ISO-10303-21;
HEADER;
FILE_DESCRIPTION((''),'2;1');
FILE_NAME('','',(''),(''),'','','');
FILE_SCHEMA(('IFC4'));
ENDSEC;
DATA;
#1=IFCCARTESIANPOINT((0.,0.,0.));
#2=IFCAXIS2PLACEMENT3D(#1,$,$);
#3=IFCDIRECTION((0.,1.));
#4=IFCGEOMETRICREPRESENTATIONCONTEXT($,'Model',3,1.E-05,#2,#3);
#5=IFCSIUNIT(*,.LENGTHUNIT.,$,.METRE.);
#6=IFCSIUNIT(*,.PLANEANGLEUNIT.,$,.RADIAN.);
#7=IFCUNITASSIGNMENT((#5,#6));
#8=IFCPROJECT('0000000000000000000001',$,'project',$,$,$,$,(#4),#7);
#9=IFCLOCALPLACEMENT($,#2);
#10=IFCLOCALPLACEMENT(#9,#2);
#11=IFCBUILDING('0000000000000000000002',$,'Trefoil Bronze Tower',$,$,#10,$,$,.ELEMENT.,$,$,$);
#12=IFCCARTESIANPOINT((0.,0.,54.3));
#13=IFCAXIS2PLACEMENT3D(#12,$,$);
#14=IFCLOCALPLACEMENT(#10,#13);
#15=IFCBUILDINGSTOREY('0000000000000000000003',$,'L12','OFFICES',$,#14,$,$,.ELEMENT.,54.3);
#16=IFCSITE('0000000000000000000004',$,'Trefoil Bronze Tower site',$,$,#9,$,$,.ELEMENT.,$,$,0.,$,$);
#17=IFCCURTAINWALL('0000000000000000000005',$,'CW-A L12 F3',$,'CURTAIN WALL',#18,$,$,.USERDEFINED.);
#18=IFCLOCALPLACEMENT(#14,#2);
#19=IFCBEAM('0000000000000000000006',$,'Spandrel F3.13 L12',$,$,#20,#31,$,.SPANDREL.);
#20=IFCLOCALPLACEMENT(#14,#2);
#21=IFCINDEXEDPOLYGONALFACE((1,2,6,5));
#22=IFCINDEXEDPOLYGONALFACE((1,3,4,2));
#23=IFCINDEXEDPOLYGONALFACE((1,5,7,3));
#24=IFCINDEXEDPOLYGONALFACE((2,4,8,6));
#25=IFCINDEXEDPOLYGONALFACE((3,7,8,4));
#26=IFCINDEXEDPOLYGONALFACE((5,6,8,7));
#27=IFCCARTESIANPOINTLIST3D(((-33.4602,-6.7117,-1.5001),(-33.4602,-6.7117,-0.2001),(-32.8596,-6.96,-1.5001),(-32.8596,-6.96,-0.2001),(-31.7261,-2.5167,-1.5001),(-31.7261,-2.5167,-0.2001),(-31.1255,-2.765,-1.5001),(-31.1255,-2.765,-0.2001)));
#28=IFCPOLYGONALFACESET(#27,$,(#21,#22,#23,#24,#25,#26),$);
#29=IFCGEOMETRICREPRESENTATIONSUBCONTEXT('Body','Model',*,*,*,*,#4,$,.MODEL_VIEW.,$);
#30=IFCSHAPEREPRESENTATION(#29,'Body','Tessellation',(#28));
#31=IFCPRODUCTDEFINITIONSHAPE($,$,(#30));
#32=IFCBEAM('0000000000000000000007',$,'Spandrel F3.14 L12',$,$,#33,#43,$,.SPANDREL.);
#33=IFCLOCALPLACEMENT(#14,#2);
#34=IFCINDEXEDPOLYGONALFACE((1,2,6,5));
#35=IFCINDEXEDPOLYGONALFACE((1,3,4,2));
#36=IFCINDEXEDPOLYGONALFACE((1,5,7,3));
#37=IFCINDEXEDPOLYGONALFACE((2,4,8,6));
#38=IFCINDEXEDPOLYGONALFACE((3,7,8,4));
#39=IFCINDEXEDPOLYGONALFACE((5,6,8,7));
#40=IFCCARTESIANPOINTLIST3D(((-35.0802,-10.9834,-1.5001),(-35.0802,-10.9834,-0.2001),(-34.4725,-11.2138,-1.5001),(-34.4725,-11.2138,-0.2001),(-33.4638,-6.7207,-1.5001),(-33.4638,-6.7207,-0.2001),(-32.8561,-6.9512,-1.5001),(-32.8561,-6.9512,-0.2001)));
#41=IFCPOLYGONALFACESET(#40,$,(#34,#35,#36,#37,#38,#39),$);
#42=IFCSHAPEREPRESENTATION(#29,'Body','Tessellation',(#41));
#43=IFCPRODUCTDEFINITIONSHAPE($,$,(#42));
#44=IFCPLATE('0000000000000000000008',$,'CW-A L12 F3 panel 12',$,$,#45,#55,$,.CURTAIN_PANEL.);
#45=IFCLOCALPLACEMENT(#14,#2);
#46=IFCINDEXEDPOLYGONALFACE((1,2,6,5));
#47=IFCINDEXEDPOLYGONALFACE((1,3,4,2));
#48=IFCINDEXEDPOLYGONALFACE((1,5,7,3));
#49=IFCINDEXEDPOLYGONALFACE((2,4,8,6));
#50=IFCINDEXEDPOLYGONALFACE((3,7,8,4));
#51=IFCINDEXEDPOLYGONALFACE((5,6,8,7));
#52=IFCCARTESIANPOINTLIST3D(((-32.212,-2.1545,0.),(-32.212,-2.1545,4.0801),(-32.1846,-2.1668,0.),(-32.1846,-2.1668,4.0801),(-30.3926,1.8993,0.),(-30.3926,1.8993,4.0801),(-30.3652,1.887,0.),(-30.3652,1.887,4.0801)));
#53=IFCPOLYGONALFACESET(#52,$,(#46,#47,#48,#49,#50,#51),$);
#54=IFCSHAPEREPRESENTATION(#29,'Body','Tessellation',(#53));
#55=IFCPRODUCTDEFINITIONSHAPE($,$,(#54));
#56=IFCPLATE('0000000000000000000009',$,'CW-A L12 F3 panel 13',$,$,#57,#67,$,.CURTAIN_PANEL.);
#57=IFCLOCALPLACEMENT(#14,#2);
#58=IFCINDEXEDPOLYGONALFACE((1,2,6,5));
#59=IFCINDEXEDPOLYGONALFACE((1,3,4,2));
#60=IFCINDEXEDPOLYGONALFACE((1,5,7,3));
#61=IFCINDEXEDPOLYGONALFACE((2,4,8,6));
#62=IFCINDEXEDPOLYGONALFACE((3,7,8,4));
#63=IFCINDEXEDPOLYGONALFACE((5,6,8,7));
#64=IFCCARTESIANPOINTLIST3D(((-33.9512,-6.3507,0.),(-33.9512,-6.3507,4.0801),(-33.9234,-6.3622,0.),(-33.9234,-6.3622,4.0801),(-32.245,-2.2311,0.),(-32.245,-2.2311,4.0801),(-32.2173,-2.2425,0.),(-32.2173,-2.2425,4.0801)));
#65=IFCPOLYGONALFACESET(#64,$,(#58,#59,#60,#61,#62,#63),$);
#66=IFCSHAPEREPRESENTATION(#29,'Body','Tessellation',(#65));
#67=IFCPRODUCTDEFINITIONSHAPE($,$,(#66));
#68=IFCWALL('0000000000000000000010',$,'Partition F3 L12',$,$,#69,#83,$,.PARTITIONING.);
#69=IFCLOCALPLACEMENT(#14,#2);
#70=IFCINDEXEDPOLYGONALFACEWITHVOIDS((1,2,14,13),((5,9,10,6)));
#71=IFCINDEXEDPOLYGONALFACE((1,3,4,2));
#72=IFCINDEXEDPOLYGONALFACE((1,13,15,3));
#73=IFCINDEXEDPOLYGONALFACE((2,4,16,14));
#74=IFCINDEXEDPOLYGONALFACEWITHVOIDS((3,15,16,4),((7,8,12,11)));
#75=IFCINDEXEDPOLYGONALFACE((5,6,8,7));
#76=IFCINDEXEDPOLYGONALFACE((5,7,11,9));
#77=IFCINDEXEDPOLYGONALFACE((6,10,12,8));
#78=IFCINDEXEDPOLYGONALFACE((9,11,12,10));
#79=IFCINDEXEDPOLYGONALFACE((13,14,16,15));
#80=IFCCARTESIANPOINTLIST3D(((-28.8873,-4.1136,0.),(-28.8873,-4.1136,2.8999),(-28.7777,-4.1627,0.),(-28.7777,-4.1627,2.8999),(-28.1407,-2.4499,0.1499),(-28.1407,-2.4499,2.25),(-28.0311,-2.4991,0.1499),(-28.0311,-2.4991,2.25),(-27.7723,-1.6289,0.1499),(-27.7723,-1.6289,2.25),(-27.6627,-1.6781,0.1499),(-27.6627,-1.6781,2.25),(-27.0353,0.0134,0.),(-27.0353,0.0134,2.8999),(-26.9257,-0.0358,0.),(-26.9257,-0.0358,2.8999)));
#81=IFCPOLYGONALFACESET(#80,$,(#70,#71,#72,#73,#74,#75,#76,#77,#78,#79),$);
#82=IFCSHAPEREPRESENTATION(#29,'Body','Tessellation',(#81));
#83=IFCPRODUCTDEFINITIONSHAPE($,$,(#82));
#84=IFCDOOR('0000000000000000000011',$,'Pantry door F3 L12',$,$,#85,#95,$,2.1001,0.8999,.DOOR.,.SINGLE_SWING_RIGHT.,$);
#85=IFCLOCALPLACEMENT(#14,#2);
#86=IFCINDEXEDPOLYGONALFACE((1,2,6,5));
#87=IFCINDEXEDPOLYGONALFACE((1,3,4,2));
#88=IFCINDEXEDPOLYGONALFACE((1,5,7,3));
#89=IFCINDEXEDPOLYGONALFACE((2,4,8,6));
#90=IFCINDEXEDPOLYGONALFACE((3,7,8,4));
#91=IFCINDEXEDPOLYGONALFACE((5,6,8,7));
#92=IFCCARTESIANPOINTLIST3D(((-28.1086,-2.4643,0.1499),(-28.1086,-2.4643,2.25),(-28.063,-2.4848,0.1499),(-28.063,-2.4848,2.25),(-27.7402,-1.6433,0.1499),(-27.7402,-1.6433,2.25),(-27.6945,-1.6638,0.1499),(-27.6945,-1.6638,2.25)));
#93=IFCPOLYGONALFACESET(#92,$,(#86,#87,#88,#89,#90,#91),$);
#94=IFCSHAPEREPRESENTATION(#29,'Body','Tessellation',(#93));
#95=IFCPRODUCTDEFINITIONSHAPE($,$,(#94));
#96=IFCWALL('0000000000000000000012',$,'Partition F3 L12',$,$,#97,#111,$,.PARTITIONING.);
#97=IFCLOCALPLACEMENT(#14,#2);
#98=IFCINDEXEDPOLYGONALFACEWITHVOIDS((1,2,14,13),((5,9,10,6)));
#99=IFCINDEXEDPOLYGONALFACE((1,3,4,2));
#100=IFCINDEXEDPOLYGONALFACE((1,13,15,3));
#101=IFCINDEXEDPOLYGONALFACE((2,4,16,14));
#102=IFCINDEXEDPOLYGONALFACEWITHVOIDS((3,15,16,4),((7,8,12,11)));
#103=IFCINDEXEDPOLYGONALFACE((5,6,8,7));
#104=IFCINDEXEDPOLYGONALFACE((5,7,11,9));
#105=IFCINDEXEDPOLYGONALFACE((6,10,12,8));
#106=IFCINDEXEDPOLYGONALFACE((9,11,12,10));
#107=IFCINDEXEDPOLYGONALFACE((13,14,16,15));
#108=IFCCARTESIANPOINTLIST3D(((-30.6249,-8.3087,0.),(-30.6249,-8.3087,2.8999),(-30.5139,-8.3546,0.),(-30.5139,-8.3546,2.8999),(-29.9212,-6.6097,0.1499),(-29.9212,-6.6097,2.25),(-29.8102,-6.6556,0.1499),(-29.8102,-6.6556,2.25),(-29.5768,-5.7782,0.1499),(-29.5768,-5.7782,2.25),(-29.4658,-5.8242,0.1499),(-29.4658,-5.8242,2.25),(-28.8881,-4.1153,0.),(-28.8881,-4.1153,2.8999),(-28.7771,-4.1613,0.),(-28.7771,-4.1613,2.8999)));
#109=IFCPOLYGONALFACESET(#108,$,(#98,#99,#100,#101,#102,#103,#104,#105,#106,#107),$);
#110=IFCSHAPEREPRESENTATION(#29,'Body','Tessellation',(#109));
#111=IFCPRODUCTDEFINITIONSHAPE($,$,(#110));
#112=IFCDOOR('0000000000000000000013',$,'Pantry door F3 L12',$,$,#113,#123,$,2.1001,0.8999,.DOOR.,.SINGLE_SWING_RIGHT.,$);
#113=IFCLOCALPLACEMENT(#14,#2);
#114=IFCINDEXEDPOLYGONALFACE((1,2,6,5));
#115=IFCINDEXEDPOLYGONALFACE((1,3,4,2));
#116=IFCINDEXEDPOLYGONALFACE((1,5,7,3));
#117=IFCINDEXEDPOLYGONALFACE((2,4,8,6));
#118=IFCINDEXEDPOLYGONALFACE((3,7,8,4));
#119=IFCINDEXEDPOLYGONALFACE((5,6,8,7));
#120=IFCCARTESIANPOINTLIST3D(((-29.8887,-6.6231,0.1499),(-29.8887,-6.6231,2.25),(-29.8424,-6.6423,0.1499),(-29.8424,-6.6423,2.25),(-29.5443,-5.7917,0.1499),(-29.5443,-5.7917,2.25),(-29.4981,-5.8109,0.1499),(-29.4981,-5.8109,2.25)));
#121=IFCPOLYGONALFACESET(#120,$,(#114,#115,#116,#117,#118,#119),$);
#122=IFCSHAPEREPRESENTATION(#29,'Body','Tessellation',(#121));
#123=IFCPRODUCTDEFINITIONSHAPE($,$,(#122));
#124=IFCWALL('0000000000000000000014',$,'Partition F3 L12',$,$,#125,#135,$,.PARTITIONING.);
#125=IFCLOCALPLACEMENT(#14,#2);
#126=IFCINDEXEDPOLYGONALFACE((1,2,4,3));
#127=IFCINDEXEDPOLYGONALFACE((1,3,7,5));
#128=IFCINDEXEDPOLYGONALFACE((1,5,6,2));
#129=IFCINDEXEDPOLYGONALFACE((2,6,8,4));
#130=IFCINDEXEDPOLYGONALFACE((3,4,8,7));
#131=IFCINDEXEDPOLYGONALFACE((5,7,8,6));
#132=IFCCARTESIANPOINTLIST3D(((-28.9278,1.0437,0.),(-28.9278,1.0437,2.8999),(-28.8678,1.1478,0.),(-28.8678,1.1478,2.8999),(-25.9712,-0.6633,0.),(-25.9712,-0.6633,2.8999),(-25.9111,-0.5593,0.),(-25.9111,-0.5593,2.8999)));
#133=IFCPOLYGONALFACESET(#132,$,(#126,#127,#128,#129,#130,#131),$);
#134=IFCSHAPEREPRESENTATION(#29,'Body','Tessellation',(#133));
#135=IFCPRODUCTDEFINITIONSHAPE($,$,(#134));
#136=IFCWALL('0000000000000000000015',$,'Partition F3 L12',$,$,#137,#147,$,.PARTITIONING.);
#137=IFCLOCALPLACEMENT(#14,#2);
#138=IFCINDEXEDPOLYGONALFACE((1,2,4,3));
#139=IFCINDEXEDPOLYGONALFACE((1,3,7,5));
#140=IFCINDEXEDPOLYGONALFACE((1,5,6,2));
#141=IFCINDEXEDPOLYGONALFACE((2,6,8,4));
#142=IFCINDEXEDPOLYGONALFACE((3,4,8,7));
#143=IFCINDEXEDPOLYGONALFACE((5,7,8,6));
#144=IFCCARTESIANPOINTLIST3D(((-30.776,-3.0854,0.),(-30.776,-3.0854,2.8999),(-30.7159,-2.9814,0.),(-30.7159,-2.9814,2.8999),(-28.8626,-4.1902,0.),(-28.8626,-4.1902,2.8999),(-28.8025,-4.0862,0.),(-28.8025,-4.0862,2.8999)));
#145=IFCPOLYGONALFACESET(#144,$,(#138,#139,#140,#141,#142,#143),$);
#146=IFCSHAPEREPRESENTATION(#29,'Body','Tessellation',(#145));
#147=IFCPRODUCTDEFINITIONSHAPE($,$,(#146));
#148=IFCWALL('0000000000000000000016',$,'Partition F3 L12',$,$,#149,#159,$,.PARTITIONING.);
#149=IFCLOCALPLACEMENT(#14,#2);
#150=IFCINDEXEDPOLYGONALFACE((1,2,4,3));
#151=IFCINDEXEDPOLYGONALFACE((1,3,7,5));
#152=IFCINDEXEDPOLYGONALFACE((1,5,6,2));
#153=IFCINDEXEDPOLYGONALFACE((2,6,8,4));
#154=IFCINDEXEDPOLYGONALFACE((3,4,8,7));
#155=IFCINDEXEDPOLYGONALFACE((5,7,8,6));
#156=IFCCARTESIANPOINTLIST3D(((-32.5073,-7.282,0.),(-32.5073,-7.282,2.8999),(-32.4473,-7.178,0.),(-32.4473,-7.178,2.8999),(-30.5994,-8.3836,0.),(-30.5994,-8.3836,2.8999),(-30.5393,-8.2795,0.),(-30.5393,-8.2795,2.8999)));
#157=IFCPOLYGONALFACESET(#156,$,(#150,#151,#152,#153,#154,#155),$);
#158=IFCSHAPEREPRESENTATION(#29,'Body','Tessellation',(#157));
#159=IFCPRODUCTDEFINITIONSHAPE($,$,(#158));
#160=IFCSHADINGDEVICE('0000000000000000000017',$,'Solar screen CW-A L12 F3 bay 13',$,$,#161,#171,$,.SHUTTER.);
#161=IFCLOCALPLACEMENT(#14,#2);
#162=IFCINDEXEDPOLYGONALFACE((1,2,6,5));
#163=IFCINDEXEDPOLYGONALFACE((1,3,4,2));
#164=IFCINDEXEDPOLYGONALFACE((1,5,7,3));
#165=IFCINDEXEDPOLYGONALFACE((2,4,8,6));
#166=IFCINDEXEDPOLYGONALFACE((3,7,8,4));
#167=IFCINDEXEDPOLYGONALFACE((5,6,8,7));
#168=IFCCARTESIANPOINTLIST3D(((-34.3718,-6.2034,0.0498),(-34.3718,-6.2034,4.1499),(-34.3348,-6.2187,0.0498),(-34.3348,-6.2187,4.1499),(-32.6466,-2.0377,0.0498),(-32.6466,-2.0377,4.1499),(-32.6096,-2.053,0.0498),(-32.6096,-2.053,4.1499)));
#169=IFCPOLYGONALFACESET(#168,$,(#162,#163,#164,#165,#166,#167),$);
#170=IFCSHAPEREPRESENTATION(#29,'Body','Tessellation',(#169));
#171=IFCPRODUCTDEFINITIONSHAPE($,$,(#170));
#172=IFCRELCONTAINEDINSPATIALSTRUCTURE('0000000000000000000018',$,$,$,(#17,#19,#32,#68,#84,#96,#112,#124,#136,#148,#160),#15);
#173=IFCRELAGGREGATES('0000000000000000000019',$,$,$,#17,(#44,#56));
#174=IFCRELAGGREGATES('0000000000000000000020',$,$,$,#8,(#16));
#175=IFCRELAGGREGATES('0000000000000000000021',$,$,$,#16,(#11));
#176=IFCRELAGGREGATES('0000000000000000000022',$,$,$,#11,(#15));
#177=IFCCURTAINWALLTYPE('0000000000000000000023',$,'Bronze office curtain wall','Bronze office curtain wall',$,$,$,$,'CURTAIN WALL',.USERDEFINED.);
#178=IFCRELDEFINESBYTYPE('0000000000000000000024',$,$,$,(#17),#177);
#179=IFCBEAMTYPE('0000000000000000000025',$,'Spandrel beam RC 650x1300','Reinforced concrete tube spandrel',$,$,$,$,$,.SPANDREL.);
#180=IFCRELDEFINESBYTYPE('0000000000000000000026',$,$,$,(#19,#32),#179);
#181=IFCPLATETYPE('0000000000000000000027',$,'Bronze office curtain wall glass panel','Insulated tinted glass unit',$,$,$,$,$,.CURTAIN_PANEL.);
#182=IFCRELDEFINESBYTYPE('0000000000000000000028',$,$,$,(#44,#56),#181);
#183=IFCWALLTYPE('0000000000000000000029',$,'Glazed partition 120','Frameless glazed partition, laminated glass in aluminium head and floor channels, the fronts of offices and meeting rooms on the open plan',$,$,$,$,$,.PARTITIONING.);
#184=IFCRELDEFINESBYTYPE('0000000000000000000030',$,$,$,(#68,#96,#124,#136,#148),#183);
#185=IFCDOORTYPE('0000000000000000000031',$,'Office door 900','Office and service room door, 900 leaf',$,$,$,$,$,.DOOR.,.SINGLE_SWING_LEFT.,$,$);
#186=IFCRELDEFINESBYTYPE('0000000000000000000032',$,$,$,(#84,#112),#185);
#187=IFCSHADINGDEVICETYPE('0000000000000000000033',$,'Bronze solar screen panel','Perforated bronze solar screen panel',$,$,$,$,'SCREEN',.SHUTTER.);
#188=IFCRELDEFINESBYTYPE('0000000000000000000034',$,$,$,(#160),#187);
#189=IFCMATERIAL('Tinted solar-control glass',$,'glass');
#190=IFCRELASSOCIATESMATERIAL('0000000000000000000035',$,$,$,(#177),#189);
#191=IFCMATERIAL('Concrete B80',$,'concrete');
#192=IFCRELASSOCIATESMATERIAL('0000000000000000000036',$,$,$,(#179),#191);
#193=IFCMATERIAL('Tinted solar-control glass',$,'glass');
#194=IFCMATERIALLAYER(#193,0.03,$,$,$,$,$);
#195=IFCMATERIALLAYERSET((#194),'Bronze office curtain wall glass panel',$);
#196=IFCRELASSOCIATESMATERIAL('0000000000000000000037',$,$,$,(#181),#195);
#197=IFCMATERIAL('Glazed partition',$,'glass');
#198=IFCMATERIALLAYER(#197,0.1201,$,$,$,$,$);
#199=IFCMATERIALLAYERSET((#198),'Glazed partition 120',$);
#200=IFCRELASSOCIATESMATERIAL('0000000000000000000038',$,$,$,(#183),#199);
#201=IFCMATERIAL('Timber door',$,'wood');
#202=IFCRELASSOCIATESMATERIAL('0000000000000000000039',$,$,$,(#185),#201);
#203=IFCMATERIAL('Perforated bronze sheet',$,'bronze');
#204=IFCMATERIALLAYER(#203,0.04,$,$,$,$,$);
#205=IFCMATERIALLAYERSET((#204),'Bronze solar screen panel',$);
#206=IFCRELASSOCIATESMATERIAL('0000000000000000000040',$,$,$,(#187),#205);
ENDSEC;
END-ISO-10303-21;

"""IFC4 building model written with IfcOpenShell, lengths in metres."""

from ifc_helpers import new_model, si_unit, direction, frame, frame_2d, origin, origin_2d, place, context, subcontext, project, spatial, rectangle, extrude, material, layer, layer_set, material_profile, profile_set, type_object, element, fill, aggregate, save


model = new_model("IFC4")

# Units and contexts
model_context = context("Model", 3, precision=1e-05, world=origin(), true_north=direction((0.0, 1.0)))
body_context = subcontext(model_context, "Body", "Model", "MODEL_VIEW")
ifc_project = project(units=[si_unit("LENGTHUNIT", "METRE"), si_unit("PLANEANGLEUNIT", "RADIAN")], contexts=[model_context])

# Site, building, storey
site_placement = place(None, origin())
site = spatial("IfcSite", under=ifc_project, at=site_placement, Name="Trefoil Bronze Tower site", CompositionType="ELEMENT", RefElevation=0.0)
building_placement = place(site_placement, origin())
building = spatial("IfcBuilding", under=site, at=building_placement, Name="Trefoil Bronze Tower", CompositionType="ELEMENT")
storey_placement = place(building_placement, frame((0.0, 0.0, 54.3)))
storey = spatial("IfcBuildingStorey", under=building, at=storey_placement, Name="L12", Description="OFFICES", CompositionType="ELEMENT", Elevation=54.3)

# Curtain wall
ifc_material_1 = material(Name="Tinted solar-control glass", Category="glass")
curtain_wall_type = type_object("IfcCurtainWallType", Name="Bronze office curtain wall", Description="Bronze office curtain wall", ElementType="CURTAIN WALL", PredefinedType="USERDEFINED", material=ifc_material_1)
curtain_wall_placement = place(storey_placement, origin())
curtain_wall = element("IfcCurtainWall", 1, at=curtain_wall_placement, inside=storey, type_object=curtain_wall_type, Name="CW-A L12 F3", ObjectType="CURTAIN WALL", PredefinedType="USERDEFINED")

# Beams
ifc_material_2 = material(Name="Concrete B80", Category="concrete")
ifc_material_profile_1 = material_profile(ifc_material_2, rectangle(XDim=0.6499, YDim=1.3, at=origin_2d()), Name="RC 650x1300")
ifc_profile_set_1 = profile_set([ifc_material_profile_1], Name="Concrete B80")
beam_type_1 = type_object("IfcBeamType", Name="Spandrel beam RC 650x1300", Description="Reinforced concrete tube spandrel", PredefinedType="SPANDREL", material=ifc_profile_set_1)
beam_1_placement = place(storey_placement, frame((-31.4258, -2.6409, -0.8501), z_axis=(-0.382021, -0.924154, 0.0), x_axis=(0.924154, -0.382021, 0.0)))
element("IfcBeam", 2, at=beam_1_placement, inside=storey, type_object=beam_type_1, Name="Spandrel F3.13 L12", PredefinedType="SPANDREL", context=body_context, shape_type="SweptSolid", body=[
    extrude(rectangle(XDim=0.6499, YDim=1.3, at=origin_2d()), origin(), (0.0, 0.0, 1.0), 4.5393),
])
beam_2_placement = place(storey_placement, frame((-33.1599, -6.8359, -0.8501), z_axis=(-0.354572, -0.935029, 0.0), x_axis=(0.935029, -0.354572, 0.0)))
element("IfcBeam", 3, at=beam_2_placement, inside=storey, type_object=beam_type_1, Name="Spandrel F3.14 L12", PredefinedType="SPANDREL", context=body_context, shape_type="SweptSolid", body=[
    extrude(rectangle(XDim=0.6499, YDim=1.3, at=origin_2d()), origin(), (0.0, 0.0, 1.0), 4.5588),
])

# Plates
ifc_material_3 = material(Name="Tinted solar-control glass", Category="glass")
ifc_layer_1 = layer(ifc_material_3, 0.03)
ifc_layer_set_1 = layer_set([ifc_layer_1], Name="Bronze office curtain wall glass panel")
plate_type = type_object("IfcPlateType", Name="Bronze office curtain wall glass panel", Description="Insulated tinted glass unit", PredefinedType="CURTAIN_PANEL", material=ifc_layer_set_1)
plate_1_placement = place(storey_placement, frame((-31.2886, -0.1338, 0.0), z_axis=(0.0, 0.0, 1.0), x_axis=(-0.409456, -0.91233, 0.0)))
plate_1 = element("IfcPlate", 4, at=plate_1_placement, type_object=plate_type, Name="CW-A L12 F3 panel 12", PredefinedType="CURTAIN_PANEL", context=body_context, shape_type="SweptSolid", body=[
    extrude(rectangle(XDim=4.4434, YDim=0.03, at=origin_2d()), origin(), (0.0, 0.0, 1.0), 4.0801),
])
plate_2_placement = place(storey_placement, frame((-33.0842, -4.2966, 0.0), z_axis=(0.0, 0.0, 1.0), x_axis=(-0.38263, -0.923902, 0.0)))
plate_2 = element("IfcPlate", 5, at=plate_2_placement, type_object=plate_type, Name="CW-A L12 F3 panel 13", PredefinedType="CURTAIN_PANEL", context=body_context, shape_type="SweptSolid", body=[
    extrude(rectangle(XDim=4.459, YDim=0.03, at=origin_2d()), origin(), (0.0, 0.0, 1.0), 4.0801),
])
aggregate(curtain_wall, [plate_1, plate_2])

# Walls, openings, doors
ifc_material_4 = material(Name="Glazed partition", Category="glass")
ifc_layer_2 = layer(ifc_material_4, 0.1201)
ifc_layer_set_2 = layer_set([ifc_layer_2], Name="Glazed partition 120")
wall_type = type_object("IfcWallType", Name="Glazed partition 120", Description="Frameless glazed partition, laminated glass in aluminium head and floor channels, the fronts of offices and meeting rooms on the open plan", PredefinedType="PARTITIONING", material=ifc_layer_set_2)
wall_1_placement = place(storey_placement, frame((-26.9805, -0.0112, 0.0), z_axis=(0.0, 0.0, 1.0), x_axis=(-0.409431, -0.912341, 0.0)))
wall_1 = element("IfcWall", 6, at=wall_1_placement, inside=storey, type_object=wall_type, Name="Partition F3 L12", PredefinedType="PARTITIONING", context=body_context, shape_type="SweptSolid", body=[
    extrude(rectangle(XDim=4.5234, YDim=0.1201, at=frame_2d((2.2617, 0.0))), origin(), (0.0, 0.0, 1.0), 2.8999),
])
opening_1_placement = place(wall_1_placement, frame((1.8, 0.0, 0.1499)))
opening_1 = element("IfcOpeningElement", 7, at=opening_1_placement, cuts=wall_1, PredefinedType="OPENING", context=body_context, shape_type="SweptSolid", body=[
    extrude(rectangle(XDim=0.8999, YDim=2.1001, at=frame_2d((0.45, 1.05))), frame((0.0, 0.0701, 0.0), z_axis=(0.0, -1.0, 0.0), x_axis=(1.0, 0.0, 0.0)), (0.0, 0.0, 1.0), 0.1401),
])
ifc_material_5 = material(Name="Timber door", Category="wood")
door_type = type_object("IfcDoorType", Name="Office door 900", Description="Office and service room door, 900 leaf", OperationType="SINGLE_SWING_LEFT", PredefinedType="DOOR", material=ifc_material_5)
door_1_placement = place(opening_1_placement, frame((0.8999, 0.0, 0.0), z_axis=(0.0, 0.0, 1.0), x_axis=(-1.0, 0.0, 0.0)))
door_1 = element("IfcDoor", 8, at=door_1_placement, inside=storey, type_object=door_type, Name="Pantry door F3 L12", OperationType="SINGLE_SWING_RIGHT", OverallHeight=2.1001, OverallWidth=0.8999, PredefinedType="DOOR", context=body_context, shape_type="SweptSolid", body=[
    extrude(rectangle(XDim=0.8999, YDim=2.1001, at=frame_2d((0.45, 1.05))), frame((0.0, 0.0249, 0.0), z_axis=(0.0, -1.0, 0.0), x_axis=(1.0, 0.0, 0.0)), (0.0, 0.0, 1.0), 0.05),
])
fill(opening_1, door_1)
wall_2_placement = place(storey_placement, frame((-28.8325, -4.1382, 0.0), z_axis=(0.0, 0.0, 1.0), x_axis=(-0.382659, -0.92389, 0.0)))
wall_2 = element("IfcWall", 9, at=wall_2_placement, inside=storey, type_object=wall_type, Name="Partition F3 L12", PredefinedType="PARTITIONING", context=body_context, shape_type="SweptSolid", body=[
    extrude(rectangle(XDim=4.5388, YDim=0.1201, at=frame_2d((2.2695, 0.0))), origin(), (0.0, 0.0, 1.0), 2.8999),
])
opening_2_placement = place(wall_2_placement, frame((1.8, 0.0, 0.1499)))
opening_2 = element("IfcOpeningElement", 10, at=opening_2_placement, cuts=wall_2, PredefinedType="OPENING", context=body_context, shape_type="SweptSolid", body=[
    extrude(rectangle(XDim=0.8999, YDim=2.1001, at=frame_2d((0.45, 1.05))), frame((0.0, 0.0701, 0.0), z_axis=(0.0, -1.0, 0.0), x_axis=(1.0, 0.0, 0.0)), (0.0, 0.0, 1.0), 0.1401),
])
door_2_placement = place(opening_2_placement, frame((0.8999, 0.0, 0.0), z_axis=(0.0, 0.0, 1.0), x_axis=(-1.0, 0.0, 0.0)))
door_2 = element("IfcDoor", 11, at=door_2_placement, inside=storey, type_object=door_type, Name="Pantry door F3 L12", OperationType="SINGLE_SWING_RIGHT", OverallHeight=2.1001, OverallWidth=0.8999, PredefinedType="DOOR", context=body_context, shape_type="SweptSolid", body=[
    extrude(rectangle(XDim=0.8999, YDim=2.1001, at=frame_2d((0.45, 1.05))), frame((0.0, 0.0249, 0.0), z_axis=(0.0, -1.0, 0.0), x_axis=(1.0, 0.0, 0.0)), (0.0, 0.0, 1.0), 0.05),
])
fill(opening_2, door_2)

# Walls
wall_3_placement = place(storey_placement, frame((-25.9412, -0.6113, 0.0), z_axis=(0.0, 0.0, 1.0), x_axis=(-0.866016, 0.500015, 0.0)))
element("IfcWall", 12, at=wall_3_placement, inside=storey, type_object=wall_type, Name="Partition F3 L12", PredefinedType="PARTITIONING", context=body_context, shape_type="SweptSolid", body=[
    extrude(rectangle(XDim=3.4141, YDim=0.1201, at=frame_2d((1.707, 0.0))), origin(), (0.0, 0.0, 1.0), 2.8999),
])
wall_4_placement = place(storey_placement, frame((-28.8325, -4.1382, 0.0), z_axis=(0.0, 0.0, 1.0), x_axis=(-0.866011, 0.500025, 0.0)))
element("IfcWall", 13, at=wall_4_placement, inside=storey, type_object=wall_type, Name="Partition F3 L12", PredefinedType="PARTITIONING", context=body_context, shape_type="SweptSolid", body=[
    extrude(rectangle(XDim=2.2095, YDim=0.1201, at=frame_2d((1.1047, 0.0))), origin(), (0.0, 0.0, 1.0), 2.8999),
])
wall_5_placement = place(storey_placement, frame((-30.5693, -8.3315, 0.0), z_axis=(0.0, 0.0, 1.0), x_axis=(-0.866025, 0.500001, 0.0)))
element("IfcWall", 14, at=wall_5_placement, inside=storey, type_object=wall_type, Name="Partition F3 L12", PredefinedType="PARTITIONING", context=body_context, shape_type="SweptSolid", body=[
    extrude(rectangle(XDim=2.2031, YDim=0.1201, at=frame_2d((1.1016, 0.0))), origin(), (0.0, 0.0, 1.0), 2.8999),
])

# Shading device
ifc_material_6 = material(Name="Perforated bronze sheet", Category="bronze")
ifc_layer_3 = layer(ifc_material_6, 0.04)
ifc_layer_set_3 = layer_set([ifc_layer_3], Name="Bronze solar screen panel")
shading_device_type = type_object("IfcShadingDeviceType", Name="Bronze solar screen panel", Description="Perforated bronze solar screen panel", ElementType="SCREEN", PredefinedType="SHUTTER", material=ifc_layer_set_3)
shading_device_1_placement = place(storey_placement, frame((-33.4907, -4.1282, 0.0498), z_axis=(0.0, 0.0, 1.0), x_axis=(-0.38263, -0.923902, 0.0)))
element("IfcShadingDevice", 15, at=shading_device_1_placement, inside=storey, type_object=shading_device_type, Name="Solar screen CW-A L12 F3 bay 13", PredefinedType="SHUTTER", context=body_context, shape_type="SweptSolid", body=[
    extrude(rectangle(XDim=4.5088, YDim=0.04, at=origin_2d()), origin(), (0.0, 0.0, 1.0), 4.1001),
])

save(model, "model.ifc")
